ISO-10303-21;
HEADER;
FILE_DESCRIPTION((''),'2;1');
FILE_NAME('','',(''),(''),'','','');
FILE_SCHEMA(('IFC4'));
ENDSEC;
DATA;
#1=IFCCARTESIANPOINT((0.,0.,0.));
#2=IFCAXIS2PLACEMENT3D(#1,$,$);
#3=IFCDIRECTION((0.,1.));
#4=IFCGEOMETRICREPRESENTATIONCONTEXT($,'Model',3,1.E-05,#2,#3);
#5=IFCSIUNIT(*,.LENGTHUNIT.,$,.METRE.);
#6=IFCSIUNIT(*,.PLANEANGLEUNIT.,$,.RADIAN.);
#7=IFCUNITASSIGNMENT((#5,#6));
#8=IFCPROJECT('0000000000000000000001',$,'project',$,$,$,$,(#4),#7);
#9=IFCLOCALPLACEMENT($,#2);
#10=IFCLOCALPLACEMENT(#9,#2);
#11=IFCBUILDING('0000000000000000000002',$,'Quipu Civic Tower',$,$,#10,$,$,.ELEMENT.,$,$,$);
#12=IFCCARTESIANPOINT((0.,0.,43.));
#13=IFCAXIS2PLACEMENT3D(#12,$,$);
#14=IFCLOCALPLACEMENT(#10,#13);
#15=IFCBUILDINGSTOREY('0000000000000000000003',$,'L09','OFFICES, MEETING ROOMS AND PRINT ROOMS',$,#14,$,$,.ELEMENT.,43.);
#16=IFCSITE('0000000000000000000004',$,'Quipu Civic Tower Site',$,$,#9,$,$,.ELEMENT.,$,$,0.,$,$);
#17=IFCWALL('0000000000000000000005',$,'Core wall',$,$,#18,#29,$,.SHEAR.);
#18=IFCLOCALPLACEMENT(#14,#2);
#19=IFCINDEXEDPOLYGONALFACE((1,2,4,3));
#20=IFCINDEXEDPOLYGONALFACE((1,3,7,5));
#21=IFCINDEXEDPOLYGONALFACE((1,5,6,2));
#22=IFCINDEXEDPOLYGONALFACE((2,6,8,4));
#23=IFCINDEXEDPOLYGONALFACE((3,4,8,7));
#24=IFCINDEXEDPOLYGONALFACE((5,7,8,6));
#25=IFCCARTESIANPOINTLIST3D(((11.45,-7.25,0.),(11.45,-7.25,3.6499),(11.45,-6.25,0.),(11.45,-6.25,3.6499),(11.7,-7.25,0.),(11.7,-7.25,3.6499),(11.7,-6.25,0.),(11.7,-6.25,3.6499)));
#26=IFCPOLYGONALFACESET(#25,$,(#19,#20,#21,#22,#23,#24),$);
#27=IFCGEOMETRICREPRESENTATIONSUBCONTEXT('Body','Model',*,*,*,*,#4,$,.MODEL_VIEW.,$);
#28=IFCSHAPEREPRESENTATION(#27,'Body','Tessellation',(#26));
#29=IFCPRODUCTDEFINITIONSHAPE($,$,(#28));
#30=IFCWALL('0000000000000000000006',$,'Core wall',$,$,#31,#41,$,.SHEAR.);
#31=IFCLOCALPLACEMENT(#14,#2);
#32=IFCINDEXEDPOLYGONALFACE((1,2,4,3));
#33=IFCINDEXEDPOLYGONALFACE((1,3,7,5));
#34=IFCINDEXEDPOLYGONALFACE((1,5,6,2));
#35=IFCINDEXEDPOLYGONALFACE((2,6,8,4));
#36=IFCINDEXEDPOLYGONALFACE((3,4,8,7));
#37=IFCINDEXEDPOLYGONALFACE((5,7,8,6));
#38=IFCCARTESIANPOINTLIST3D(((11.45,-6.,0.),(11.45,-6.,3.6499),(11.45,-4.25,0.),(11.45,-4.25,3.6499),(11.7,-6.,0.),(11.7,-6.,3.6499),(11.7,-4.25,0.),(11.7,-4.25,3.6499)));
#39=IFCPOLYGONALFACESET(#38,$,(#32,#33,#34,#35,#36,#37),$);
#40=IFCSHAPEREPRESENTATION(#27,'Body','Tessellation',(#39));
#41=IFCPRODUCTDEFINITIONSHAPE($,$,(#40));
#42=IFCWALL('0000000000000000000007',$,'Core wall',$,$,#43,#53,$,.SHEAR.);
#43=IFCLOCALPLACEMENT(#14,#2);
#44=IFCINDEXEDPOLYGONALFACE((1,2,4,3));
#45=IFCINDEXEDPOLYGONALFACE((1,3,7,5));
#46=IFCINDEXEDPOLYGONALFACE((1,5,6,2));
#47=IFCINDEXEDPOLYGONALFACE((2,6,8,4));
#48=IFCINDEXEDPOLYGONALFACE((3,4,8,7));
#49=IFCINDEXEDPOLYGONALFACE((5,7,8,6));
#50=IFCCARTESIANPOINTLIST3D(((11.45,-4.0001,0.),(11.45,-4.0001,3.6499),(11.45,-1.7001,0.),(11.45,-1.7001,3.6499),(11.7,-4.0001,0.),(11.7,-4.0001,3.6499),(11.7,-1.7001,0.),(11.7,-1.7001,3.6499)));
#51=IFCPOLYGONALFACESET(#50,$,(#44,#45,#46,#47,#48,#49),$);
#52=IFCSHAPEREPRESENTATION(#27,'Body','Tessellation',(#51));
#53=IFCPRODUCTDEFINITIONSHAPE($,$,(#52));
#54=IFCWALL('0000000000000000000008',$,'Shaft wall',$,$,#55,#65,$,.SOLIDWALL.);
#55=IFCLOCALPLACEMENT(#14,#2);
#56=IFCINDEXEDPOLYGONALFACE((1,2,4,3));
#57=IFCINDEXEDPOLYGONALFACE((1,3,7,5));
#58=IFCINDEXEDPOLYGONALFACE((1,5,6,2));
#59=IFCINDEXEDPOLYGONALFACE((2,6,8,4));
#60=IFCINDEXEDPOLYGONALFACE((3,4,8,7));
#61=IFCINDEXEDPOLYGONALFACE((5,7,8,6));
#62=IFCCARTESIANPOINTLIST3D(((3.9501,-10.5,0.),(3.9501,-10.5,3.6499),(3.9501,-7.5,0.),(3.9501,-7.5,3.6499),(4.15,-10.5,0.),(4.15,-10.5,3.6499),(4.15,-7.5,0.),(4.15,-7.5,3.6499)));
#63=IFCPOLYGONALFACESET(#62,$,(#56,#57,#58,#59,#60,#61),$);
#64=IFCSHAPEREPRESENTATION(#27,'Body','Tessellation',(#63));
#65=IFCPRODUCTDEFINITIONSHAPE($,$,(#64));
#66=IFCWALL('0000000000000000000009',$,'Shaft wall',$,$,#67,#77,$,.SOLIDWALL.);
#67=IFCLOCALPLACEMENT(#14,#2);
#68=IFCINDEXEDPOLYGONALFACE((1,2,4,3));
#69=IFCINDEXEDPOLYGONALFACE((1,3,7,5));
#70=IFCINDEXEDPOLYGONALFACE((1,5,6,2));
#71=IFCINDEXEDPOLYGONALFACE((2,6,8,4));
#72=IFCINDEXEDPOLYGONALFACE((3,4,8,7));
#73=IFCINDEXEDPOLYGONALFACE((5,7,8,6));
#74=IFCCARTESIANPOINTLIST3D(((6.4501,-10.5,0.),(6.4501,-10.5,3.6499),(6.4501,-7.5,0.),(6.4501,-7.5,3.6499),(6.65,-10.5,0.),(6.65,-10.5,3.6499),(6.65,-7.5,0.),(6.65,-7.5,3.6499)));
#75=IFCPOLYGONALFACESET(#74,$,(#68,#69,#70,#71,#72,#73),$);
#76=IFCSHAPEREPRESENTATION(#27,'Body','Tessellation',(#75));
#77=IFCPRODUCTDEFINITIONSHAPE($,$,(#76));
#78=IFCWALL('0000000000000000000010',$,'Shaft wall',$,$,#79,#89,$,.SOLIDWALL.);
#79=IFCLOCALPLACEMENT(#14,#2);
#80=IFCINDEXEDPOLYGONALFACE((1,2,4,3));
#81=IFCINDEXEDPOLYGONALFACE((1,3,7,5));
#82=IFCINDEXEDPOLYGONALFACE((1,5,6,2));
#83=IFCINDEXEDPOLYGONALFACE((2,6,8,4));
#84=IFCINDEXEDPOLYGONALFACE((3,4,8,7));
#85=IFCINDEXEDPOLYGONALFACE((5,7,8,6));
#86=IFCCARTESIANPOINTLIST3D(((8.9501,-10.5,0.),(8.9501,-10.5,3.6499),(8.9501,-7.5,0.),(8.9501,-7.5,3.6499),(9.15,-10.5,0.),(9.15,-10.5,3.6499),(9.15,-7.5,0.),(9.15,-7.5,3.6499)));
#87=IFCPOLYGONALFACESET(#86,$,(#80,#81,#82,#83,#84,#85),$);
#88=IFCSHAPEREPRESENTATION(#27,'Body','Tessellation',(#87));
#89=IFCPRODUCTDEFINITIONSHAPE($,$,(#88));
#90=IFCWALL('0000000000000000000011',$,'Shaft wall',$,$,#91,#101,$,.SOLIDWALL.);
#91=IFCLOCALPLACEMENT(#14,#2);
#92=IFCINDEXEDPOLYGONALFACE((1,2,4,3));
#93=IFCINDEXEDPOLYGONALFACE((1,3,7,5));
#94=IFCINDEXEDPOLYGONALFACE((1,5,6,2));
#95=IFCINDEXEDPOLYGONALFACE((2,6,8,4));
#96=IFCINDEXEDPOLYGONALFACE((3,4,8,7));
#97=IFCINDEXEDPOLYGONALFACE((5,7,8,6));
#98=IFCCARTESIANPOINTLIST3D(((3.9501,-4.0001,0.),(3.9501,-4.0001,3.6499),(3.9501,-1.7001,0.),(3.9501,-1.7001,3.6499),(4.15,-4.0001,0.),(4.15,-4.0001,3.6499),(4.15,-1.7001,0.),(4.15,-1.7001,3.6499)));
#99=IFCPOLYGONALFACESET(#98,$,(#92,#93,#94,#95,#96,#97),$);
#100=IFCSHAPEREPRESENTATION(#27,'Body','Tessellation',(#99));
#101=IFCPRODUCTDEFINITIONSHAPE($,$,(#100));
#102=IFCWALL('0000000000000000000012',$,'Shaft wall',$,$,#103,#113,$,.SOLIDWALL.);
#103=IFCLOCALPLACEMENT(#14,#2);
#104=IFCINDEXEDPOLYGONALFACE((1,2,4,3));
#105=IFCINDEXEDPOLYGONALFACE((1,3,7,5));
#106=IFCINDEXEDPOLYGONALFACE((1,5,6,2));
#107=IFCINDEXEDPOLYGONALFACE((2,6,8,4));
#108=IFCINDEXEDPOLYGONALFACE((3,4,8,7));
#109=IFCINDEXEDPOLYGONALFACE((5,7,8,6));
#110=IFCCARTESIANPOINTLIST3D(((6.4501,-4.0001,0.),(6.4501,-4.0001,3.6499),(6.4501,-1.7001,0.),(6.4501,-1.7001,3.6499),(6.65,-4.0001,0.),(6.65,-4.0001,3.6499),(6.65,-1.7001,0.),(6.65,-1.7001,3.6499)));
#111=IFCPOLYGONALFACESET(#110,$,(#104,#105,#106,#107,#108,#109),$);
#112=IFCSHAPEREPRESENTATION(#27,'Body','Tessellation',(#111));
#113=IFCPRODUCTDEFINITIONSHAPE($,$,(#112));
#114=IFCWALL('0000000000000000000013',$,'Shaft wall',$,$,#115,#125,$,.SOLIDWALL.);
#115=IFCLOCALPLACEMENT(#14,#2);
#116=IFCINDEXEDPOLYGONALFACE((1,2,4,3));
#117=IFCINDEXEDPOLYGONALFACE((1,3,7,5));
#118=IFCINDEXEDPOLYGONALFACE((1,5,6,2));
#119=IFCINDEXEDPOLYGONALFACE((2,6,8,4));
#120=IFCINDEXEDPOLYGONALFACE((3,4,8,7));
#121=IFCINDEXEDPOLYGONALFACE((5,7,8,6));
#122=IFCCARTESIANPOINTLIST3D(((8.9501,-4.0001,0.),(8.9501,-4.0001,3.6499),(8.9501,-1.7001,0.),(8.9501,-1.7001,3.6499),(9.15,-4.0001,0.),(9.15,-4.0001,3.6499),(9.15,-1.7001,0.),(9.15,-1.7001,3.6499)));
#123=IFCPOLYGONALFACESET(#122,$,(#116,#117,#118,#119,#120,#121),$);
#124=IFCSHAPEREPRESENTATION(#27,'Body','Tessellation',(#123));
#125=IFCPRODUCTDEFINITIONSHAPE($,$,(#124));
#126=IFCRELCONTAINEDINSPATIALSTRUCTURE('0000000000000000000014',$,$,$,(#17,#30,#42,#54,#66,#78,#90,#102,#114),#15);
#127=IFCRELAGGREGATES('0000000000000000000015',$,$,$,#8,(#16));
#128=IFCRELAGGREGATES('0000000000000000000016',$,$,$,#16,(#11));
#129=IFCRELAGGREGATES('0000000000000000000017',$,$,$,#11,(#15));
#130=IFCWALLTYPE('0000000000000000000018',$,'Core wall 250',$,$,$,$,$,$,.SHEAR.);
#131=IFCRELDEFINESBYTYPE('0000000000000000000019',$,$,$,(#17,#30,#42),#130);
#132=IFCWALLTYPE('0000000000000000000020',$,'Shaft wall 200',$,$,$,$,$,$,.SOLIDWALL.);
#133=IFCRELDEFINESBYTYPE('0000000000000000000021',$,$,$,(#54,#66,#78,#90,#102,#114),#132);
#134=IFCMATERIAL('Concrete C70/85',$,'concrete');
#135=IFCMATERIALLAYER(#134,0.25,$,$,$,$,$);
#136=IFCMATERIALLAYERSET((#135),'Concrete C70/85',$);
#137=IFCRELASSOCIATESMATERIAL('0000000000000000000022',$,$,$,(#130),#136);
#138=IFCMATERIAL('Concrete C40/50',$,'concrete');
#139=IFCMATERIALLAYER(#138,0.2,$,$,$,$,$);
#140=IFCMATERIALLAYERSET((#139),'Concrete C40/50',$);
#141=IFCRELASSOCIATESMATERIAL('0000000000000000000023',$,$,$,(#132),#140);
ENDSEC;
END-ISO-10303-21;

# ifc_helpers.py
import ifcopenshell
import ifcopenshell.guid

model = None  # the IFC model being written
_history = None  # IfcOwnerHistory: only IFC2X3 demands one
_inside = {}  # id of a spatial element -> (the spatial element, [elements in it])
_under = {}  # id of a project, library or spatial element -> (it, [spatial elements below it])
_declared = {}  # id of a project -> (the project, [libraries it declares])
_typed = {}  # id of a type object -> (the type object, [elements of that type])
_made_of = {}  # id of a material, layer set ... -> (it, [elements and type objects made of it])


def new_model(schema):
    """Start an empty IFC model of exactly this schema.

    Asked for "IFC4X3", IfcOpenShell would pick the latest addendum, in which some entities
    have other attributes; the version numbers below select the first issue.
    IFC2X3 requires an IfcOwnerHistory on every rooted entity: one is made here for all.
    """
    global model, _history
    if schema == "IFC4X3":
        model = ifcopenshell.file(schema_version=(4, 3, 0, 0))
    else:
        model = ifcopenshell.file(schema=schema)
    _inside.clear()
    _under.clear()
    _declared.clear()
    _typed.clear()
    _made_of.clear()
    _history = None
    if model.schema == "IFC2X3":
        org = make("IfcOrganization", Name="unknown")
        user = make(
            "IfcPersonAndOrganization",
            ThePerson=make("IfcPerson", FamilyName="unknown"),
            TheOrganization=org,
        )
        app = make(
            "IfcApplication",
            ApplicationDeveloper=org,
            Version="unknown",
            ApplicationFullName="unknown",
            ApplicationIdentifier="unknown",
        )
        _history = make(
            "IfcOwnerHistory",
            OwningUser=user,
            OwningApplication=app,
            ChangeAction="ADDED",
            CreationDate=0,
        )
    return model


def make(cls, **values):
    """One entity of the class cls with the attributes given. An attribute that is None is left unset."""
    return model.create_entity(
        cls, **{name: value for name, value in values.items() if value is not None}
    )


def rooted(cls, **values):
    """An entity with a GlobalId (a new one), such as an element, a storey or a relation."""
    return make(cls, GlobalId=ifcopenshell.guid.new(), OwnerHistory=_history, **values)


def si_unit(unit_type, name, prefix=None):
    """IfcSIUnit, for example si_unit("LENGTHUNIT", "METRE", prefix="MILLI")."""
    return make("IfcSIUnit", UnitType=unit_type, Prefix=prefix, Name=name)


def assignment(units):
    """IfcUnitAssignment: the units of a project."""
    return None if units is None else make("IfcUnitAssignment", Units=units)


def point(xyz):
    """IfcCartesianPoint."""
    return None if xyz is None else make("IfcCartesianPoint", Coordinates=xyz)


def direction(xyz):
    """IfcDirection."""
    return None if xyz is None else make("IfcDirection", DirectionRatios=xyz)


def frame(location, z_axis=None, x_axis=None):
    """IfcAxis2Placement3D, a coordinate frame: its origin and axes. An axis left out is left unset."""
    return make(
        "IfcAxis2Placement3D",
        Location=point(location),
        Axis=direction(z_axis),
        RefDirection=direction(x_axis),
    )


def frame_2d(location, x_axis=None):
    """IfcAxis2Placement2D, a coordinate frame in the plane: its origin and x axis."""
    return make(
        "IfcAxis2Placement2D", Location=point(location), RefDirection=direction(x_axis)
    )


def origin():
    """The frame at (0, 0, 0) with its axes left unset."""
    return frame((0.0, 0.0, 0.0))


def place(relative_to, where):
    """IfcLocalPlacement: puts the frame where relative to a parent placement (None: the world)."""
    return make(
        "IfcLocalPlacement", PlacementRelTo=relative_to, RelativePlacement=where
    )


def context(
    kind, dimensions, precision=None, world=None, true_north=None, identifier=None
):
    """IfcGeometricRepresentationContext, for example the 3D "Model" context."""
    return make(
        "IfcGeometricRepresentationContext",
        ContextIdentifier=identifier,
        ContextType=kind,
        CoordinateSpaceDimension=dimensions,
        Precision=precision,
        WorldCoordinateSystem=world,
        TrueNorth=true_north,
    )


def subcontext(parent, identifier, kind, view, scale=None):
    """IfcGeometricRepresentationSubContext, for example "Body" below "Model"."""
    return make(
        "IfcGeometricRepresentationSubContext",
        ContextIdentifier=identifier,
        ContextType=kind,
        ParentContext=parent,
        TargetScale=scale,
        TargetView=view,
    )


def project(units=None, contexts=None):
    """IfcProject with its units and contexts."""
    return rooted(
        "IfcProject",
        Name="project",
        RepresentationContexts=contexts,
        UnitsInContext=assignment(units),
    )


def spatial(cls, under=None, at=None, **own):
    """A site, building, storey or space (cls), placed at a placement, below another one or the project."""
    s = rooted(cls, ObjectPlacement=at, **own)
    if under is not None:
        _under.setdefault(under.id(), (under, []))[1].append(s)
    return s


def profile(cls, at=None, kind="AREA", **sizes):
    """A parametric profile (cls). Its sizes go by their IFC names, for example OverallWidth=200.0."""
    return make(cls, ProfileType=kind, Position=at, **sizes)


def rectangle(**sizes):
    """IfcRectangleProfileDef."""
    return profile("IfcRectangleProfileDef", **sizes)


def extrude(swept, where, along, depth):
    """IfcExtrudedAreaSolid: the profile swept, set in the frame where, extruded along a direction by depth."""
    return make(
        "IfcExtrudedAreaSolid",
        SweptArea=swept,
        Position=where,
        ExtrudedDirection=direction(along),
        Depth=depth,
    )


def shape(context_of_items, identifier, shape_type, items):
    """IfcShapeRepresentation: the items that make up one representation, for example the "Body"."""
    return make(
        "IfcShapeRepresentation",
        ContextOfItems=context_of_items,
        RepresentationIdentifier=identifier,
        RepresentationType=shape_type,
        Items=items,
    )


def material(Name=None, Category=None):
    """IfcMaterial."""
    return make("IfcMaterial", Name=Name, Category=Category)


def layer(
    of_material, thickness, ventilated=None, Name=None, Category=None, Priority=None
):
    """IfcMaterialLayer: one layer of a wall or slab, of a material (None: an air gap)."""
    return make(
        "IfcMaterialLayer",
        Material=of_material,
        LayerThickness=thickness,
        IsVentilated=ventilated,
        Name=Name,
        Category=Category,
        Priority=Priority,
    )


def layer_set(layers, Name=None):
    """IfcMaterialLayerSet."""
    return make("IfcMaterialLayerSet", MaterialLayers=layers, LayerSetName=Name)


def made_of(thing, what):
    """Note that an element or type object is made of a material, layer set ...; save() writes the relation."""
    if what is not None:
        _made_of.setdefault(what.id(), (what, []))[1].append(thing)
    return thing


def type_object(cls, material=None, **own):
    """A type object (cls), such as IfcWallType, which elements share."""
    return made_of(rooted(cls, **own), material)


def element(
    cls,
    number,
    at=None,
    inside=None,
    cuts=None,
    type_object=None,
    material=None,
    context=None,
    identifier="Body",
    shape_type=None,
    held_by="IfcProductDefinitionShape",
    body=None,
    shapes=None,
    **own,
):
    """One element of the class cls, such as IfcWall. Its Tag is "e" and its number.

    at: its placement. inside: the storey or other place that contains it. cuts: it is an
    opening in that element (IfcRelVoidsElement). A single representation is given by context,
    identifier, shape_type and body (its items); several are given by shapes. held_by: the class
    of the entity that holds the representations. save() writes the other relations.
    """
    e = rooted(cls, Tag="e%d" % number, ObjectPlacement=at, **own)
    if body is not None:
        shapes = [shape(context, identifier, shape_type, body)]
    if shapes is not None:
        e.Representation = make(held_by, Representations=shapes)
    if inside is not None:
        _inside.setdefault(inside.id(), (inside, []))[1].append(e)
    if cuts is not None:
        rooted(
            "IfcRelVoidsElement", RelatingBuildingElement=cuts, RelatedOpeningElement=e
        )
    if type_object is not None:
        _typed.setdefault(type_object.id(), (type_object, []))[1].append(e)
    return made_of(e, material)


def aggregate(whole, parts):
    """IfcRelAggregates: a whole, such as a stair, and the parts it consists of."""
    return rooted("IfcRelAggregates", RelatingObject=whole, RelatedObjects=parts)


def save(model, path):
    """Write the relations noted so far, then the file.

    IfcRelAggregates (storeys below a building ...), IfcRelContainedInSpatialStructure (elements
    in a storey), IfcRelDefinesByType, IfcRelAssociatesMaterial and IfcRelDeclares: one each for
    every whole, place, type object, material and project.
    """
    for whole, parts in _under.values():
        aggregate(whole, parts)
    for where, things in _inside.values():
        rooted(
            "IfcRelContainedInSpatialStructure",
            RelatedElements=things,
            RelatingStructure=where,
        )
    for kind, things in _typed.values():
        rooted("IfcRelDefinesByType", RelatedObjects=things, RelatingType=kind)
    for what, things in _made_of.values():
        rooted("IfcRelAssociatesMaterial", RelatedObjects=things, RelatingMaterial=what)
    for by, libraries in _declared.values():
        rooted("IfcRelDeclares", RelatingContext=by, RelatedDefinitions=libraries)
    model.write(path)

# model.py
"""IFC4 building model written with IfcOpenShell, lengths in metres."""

from ifc_helpers import new_model, si_unit, direction, frame, frame_2d, origin, place, context, subcontext, project, spatial, rectangle, extrude, material, layer, layer_set, type_object, element, save


model = new_model("IFC4")

# Units and contexts
model_context = context("Model", 3, precision=1e-05, world=origin(), true_north=direction((0.0, 1.0)))
body_context = subcontext(model_context, "Body", "Model", "MODEL_VIEW")
ifc_project = project(units=[si_unit("LENGTHUNIT", "METRE"), si_unit("PLANEANGLEUNIT", "RADIAN")], contexts=[model_context])

# Site, building, storey
site_placement = place(None, origin())
site = spatial("IfcSite", under=ifc_project, at=site_placement, Name="Quipu Civic Tower Site", CompositionType="ELEMENT", RefElevation=0.0)
building_placement = place(site_placement, origin())
building = spatial("IfcBuilding", under=site, at=building_placement, Name="Quipu Civic Tower", CompositionType="ELEMENT")
storey_placement = place(building_placement, frame((0.0, 0.0, 43.0)))
storey = spatial("IfcBuildingStorey", under=building, at=storey_placement, Name="L09", Description="OFFICES, MEETING ROOMS AND PRINT ROOMS", CompositionType="ELEMENT", Elevation=43.0)

# Shared definitions
ifc_material_1 = material(Name="Concrete C70/85", Category="concrete")
ifc_layer_1 = layer(ifc_material_1, 0.25)
ifc_layer_set_1 = layer_set([ifc_layer_1], Name="Concrete C70/85")
wall_type_1 = type_object("IfcWallType", Name="Core wall 250", PredefinedType="SHEAR", material=ifc_layer_set_1)

# Walls
wall_1_placement = place(storey_placement, frame((11.575, -7.25, 0.0), z_axis=(0.0, 0.0, 1.0), x_axis=(0.0, 1.0, 0.0)))
element("IfcWall", 1, at=wall_1_placement, inside=storey, type_object=wall_type_1, Name="Core wall", PredefinedType="SHEAR", context=body_context, shape_type="SweptSolid", body=[
    extrude(rectangle(XDim=1.0, YDim=0.25, at=frame_2d((0.5, 0.0))), origin(), (0.0, 0.0, 1.0), 3.6499),
])
wall_2_placement = place(storey_placement, frame((11.575, -6.0, 0.0), z_axis=(0.0, 0.0, 1.0), x_axis=(0.0, 1.0, 0.0)))
element("IfcWall", 2, at=wall_2_placement, inside=storey, type_object=wall_type_1, Name="Core wall", PredefinedType="SHEAR", context=body_context, shape_type="SweptSolid", body=[
    extrude(rectangle(XDim=1.75, YDim=0.25, at=frame_2d((0.875, 0.0))), origin(), (0.0, 0.0, 1.0), 3.6499),
])
wall_3_placement = place(storey_placement, frame((11.575, -4.0, 0.0), z_axis=(0.0, 0.0, 1.0), x_axis=(0.0, 1.0, 0.0)))
element("IfcWall", 3, at=wall_3_placement, inside=storey, type_object=wall_type_1, Name="Core wall", PredefinedType="SHEAR", context=body_context, shape_type="SweptSolid", body=[
    extrude(rectangle(XDim=2.3, YDim=0.25, at=frame_2d((1.1499, 0.0))), origin(), (0.0, 0.0, 1.0), 3.6499),
])
ifc_material_2 = material(Name="Concrete C40/50", Category="concrete")
ifc_layer_2 = layer(ifc_material_2, 0.2)
ifc_layer_set_2 = layer_set([ifc_layer_2], Name="Concrete C40/50")
wall_type_2 = type_object("IfcWallType", Name="Shaft wall 200", PredefinedType="SOLIDWALL", material=ifc_layer_set_2)
for number, where, z_axis, x_axis, name in (
    (4, (4.05, -10.5, 0.0), (0.0, 0.0, 1.0), (0.0, 1.0, 0.0), "Shaft wall"),
    (5, (6.55, -10.5, 0.0), (0.0, 0.0, 1.0), (0.0, 1.0, 0.0), "Shaft wall"),
    (6, (9.05, -10.5, 0.0), (0.0, 0.0, 1.0), (0.0, 1.0, 0.0), "Shaft wall"),
):
    element("IfcWall", number, at=place(storey_placement, frame(where, z_axis=z_axis, x_axis=x_axis)), inside=storey, type_object=wall_type_2, Name=name, PredefinedType="SOLIDWALL", context=body_context, shape_type="SweptSolid", body=[
        extrude(rectangle(XDim=3.0, YDim=0.2, at=frame_2d((1.5, 0.0))), origin(), (0.0, 0.0, 1.0), 3.6499),
    ])
for number, where, z_axis, x_axis, name in (
    (7, (4.05, -4.0, 0.0), (0.0, 0.0, 1.0), (0.0, 1.0, 0.0), "Shaft wall"),
    (8, (6.55, -4.0, 0.0), (0.0, 0.0, 1.0), (0.0, 1.0, 0.0), "Shaft wall"),
    (9, (9.05, -4.0, 0.0), (0.0, 0.0, 1.0), (0.0, 1.0, 0.0), "Shaft wall"),
):
    element("IfcWall", number, at=place(storey_placement, frame(where, z_axis=z_axis, x_axis=x_axis)), inside=storey, type_object=wall_type_2, Name=name, PredefinedType="SOLIDWALL", context=body_context, shape_type="SweptSolid", body=[
        extrude(rectangle(XDim=2.3, YDim=0.2, at=frame_2d((1.1499, 0.0))), origin(), (0.0, 0.0, 1.0), 3.6499),
    ])

save(model, "model.ifc")
